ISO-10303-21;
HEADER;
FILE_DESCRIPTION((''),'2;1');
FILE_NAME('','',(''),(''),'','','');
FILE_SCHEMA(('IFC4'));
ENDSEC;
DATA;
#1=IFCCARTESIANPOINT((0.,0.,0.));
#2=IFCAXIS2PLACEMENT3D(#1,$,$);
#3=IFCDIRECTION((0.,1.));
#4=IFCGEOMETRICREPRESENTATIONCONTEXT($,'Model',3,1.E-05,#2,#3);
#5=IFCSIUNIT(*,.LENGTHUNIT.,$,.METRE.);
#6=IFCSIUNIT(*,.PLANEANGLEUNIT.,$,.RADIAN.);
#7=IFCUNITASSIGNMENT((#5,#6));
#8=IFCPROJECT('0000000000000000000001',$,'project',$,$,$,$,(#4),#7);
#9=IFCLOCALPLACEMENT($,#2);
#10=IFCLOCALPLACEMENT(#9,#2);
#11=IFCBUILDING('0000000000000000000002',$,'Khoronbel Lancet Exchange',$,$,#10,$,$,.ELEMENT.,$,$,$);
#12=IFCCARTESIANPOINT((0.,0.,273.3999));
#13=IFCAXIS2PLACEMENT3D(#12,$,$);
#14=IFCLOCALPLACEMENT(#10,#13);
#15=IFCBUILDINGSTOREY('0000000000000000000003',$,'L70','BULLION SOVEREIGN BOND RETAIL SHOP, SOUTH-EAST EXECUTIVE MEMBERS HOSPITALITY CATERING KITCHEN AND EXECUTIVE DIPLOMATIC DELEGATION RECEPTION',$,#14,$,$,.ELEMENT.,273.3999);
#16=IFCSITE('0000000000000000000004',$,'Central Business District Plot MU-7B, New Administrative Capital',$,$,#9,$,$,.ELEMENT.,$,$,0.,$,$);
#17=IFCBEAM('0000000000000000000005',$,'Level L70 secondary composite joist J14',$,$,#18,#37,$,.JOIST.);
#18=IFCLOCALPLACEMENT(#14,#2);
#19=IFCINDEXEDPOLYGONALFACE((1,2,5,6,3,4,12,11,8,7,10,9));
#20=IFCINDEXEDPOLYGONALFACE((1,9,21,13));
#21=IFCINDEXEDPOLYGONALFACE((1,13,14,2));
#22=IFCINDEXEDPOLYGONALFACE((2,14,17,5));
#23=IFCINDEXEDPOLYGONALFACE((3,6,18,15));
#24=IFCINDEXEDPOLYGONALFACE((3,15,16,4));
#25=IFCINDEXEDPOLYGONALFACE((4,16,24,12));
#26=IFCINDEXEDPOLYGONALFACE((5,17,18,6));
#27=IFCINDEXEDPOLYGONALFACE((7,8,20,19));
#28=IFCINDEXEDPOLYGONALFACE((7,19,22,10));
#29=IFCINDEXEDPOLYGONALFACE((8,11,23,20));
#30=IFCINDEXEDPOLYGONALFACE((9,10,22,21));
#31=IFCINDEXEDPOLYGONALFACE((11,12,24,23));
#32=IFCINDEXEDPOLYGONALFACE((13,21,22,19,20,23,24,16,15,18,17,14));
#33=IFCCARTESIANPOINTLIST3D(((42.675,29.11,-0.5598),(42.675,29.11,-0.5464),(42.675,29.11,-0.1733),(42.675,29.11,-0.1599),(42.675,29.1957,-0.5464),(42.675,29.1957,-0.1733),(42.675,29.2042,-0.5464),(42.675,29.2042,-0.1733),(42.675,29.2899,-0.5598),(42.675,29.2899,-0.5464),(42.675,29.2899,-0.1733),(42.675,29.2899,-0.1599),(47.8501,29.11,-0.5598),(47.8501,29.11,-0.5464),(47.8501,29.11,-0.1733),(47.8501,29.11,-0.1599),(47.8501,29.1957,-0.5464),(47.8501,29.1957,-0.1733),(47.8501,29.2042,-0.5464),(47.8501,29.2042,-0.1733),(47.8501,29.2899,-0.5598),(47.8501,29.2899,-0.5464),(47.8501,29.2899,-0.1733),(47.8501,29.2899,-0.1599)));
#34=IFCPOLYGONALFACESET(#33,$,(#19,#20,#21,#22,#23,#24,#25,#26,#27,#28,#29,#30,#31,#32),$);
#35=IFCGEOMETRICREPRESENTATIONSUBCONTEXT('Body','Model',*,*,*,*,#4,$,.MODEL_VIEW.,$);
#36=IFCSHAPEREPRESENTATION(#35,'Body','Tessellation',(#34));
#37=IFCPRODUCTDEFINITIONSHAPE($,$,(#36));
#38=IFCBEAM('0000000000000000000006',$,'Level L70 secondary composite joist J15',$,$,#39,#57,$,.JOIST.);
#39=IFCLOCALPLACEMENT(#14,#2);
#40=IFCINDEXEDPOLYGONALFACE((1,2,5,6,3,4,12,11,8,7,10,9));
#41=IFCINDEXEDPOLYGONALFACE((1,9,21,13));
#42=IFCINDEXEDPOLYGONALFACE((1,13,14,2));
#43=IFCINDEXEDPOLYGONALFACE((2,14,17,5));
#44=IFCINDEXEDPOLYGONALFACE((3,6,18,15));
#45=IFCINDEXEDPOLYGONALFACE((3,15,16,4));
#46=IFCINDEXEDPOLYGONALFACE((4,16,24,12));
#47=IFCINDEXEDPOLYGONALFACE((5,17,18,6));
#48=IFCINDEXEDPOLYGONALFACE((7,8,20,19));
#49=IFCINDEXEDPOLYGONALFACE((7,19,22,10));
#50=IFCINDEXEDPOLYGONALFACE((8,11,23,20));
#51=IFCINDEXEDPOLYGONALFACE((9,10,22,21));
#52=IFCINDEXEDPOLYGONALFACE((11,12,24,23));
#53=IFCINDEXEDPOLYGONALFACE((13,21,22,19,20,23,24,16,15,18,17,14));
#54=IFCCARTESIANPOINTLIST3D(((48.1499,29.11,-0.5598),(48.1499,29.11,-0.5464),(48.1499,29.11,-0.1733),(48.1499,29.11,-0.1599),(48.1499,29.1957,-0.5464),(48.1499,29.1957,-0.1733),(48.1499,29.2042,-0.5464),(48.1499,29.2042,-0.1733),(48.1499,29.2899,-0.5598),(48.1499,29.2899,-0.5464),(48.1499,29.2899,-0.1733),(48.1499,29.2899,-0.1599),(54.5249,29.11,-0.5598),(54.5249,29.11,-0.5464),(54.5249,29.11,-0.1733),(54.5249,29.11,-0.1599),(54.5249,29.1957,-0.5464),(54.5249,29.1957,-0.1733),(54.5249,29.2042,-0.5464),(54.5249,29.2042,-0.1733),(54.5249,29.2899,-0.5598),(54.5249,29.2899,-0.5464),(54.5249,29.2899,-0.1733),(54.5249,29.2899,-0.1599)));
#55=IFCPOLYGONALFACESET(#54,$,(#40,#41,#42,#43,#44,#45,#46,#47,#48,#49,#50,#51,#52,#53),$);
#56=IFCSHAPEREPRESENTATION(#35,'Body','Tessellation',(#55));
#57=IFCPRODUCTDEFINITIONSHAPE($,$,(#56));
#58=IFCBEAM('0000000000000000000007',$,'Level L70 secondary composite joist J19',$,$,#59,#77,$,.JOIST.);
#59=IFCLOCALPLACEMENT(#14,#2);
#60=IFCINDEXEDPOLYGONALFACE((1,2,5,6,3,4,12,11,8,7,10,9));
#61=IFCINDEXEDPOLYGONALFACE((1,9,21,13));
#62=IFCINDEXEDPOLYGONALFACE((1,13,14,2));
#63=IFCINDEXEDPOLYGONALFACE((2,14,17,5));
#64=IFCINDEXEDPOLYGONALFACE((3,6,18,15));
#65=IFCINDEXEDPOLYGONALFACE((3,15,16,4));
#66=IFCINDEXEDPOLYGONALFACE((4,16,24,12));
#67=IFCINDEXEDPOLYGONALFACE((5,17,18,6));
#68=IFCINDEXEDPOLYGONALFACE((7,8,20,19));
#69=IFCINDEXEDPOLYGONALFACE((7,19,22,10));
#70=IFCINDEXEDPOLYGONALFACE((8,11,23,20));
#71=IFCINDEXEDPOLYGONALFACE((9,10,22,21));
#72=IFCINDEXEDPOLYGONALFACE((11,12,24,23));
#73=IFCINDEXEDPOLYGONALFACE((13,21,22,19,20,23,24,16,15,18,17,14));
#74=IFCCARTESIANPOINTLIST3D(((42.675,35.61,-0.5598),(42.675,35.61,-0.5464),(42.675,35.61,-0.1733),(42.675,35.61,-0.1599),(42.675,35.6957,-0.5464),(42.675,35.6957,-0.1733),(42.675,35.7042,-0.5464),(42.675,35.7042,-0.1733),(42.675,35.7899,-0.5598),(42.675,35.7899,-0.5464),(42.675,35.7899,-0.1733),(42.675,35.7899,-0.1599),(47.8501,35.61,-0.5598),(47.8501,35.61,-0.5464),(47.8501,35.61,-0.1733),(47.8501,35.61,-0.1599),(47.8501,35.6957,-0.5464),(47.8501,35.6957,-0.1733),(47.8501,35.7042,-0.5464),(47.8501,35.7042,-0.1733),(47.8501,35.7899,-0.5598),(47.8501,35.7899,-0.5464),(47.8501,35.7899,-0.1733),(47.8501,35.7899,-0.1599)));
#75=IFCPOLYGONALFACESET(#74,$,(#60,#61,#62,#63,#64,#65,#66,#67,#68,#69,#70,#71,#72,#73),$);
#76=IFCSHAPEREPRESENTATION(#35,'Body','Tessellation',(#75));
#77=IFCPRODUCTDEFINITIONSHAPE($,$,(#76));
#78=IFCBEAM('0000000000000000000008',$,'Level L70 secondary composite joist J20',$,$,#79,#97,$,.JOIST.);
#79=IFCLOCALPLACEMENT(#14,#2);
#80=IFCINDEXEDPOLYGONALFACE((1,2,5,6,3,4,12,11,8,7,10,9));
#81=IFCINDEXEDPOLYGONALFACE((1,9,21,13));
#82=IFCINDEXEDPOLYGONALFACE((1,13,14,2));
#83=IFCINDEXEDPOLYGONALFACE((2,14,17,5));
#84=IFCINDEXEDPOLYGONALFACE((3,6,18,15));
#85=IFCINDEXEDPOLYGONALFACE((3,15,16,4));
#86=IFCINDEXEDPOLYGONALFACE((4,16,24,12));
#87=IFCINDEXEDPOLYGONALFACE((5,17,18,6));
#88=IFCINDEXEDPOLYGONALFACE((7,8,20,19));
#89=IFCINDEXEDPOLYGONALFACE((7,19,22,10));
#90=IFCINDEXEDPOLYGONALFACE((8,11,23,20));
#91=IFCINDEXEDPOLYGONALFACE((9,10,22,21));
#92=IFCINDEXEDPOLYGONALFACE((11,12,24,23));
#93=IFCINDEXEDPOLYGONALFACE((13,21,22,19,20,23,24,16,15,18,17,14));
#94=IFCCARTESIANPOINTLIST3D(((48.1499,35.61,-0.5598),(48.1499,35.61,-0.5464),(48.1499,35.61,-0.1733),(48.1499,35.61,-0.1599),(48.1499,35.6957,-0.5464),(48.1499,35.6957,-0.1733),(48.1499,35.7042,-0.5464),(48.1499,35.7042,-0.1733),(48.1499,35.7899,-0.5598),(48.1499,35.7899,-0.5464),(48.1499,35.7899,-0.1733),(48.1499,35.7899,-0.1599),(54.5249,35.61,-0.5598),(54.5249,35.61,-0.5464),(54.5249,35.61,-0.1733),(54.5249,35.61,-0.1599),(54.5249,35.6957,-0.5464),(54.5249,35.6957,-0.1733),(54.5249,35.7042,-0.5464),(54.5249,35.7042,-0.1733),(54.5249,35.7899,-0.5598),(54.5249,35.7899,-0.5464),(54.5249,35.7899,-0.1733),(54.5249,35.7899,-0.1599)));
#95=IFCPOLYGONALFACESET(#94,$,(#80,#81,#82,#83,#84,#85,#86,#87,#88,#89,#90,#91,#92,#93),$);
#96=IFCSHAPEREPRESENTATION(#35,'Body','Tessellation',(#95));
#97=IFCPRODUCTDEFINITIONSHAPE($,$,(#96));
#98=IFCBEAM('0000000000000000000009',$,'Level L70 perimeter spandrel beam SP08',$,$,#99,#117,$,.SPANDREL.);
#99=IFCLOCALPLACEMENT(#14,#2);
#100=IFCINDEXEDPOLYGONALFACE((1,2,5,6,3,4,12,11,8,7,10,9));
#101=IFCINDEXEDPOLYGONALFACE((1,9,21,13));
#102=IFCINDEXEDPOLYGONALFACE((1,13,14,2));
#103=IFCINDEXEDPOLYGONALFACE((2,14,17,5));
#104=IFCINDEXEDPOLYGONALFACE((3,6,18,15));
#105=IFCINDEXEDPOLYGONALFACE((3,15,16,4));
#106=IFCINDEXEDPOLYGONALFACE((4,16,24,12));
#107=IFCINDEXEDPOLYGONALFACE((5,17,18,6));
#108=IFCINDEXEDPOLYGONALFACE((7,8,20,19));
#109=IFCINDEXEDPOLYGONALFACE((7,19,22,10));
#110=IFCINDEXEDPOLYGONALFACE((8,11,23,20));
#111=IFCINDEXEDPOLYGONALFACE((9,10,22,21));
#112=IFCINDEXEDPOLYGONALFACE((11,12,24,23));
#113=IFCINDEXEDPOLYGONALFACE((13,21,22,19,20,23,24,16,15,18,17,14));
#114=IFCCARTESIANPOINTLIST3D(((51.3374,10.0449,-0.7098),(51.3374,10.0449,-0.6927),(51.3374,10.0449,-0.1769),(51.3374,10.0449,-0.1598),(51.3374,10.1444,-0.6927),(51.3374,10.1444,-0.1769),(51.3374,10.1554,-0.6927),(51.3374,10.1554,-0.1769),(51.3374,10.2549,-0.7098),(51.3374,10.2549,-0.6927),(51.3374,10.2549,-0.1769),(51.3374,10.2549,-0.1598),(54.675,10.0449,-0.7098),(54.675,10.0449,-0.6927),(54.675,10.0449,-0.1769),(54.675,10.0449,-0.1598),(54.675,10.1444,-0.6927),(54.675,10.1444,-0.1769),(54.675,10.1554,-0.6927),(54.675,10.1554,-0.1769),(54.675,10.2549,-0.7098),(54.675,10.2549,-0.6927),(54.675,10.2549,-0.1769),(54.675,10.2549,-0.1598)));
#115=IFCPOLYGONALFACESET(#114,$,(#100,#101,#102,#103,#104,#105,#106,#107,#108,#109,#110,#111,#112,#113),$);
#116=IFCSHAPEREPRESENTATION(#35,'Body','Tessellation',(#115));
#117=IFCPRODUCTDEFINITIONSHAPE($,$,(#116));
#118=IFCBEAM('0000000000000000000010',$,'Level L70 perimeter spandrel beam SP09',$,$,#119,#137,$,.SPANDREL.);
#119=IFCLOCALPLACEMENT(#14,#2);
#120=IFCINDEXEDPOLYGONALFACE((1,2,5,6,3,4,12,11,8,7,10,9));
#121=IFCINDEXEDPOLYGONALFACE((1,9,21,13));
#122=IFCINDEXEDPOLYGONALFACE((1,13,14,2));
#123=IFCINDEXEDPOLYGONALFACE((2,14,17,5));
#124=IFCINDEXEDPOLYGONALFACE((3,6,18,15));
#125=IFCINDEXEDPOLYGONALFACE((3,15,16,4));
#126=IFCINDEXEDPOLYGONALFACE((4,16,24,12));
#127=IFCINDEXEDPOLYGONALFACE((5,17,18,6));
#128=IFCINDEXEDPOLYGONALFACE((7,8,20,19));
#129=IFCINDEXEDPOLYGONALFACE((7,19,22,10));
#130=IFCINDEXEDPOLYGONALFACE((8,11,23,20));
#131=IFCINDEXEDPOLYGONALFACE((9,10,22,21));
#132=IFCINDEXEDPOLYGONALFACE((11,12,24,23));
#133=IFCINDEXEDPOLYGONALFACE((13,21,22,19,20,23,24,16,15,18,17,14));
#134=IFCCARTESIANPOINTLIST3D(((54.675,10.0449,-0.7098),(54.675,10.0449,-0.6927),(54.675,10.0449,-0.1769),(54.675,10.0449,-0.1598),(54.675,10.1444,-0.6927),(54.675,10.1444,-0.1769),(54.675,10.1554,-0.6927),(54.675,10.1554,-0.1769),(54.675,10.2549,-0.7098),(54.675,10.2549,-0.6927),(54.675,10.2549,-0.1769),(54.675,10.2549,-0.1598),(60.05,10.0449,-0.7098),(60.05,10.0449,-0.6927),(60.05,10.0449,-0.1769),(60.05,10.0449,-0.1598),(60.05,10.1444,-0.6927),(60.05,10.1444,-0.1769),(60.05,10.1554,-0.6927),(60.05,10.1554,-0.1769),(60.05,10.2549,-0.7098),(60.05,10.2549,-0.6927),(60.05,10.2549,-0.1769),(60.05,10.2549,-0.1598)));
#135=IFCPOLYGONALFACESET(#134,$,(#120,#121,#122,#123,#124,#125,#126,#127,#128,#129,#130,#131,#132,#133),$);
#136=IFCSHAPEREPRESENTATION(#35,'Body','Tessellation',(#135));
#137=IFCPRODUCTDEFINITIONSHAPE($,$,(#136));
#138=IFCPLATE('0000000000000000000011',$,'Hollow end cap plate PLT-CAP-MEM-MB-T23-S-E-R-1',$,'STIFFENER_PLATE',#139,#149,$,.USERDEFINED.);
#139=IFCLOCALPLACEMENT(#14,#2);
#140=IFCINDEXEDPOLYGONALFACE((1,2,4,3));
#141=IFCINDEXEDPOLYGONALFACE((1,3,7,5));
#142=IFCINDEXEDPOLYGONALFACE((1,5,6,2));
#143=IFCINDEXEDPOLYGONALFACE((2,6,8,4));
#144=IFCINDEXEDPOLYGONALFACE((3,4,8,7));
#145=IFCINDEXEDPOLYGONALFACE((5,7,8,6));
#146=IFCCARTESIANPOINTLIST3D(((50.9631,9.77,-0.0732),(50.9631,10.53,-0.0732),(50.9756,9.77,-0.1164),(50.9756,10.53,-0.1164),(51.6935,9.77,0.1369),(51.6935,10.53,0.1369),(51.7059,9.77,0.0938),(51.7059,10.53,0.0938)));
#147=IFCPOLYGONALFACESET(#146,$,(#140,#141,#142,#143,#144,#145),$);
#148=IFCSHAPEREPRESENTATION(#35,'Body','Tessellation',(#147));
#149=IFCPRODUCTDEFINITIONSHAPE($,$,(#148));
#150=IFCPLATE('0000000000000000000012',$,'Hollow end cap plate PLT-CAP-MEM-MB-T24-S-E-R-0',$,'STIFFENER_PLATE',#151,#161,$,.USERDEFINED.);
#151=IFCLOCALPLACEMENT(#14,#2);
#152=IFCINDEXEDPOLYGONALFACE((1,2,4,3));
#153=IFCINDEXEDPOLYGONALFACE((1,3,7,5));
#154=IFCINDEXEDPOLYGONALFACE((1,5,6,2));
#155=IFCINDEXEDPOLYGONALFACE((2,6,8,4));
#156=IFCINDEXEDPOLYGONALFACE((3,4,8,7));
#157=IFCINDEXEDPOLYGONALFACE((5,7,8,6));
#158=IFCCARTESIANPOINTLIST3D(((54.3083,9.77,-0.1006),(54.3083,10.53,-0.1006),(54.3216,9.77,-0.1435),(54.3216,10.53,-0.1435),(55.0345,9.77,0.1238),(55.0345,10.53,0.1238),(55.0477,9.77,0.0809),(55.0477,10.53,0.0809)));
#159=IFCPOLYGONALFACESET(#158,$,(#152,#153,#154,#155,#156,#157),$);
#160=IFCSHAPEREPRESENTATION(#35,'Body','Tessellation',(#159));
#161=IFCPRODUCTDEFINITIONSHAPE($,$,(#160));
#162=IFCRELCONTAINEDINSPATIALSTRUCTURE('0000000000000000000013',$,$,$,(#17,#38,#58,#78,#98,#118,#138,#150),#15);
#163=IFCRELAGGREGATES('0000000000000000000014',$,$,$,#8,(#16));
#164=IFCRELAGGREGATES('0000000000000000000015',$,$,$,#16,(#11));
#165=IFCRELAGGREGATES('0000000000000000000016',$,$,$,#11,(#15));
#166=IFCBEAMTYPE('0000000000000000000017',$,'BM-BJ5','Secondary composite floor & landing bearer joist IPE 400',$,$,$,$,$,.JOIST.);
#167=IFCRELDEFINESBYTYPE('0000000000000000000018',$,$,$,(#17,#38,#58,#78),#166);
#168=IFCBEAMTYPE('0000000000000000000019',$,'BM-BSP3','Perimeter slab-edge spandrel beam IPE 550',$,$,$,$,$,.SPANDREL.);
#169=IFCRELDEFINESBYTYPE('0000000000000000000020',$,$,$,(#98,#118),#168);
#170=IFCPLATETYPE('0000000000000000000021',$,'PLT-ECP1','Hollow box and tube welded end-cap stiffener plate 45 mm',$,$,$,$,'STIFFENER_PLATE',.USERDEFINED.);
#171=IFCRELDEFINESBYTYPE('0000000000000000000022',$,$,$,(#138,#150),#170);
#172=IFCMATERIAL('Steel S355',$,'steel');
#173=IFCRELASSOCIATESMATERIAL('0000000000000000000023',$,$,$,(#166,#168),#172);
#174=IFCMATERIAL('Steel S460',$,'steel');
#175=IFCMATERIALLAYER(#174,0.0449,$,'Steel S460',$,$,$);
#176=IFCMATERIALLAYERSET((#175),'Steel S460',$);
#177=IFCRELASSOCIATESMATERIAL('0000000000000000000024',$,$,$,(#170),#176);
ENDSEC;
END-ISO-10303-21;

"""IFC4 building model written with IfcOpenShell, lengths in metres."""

from ifc_helpers import new_model, si_unit, direction, frame, origin, origin_2d, place, context, subcontext, project, spatial, polyline, i_section, outline, extrude, material, layer, layer_set, material_profile, profile_set, type_object, element, save


model = new_model("IFC4")

# Units and contexts
model_context = context("Model", 3, precision=1e-05, world=origin(), true_north=direction((0.0, 1.0)))
body_context = subcontext(model_context, "Body", "Model", "MODEL_VIEW")
ifc_project = project(units=[si_unit("LENGTHUNIT", "METRE"), si_unit("PLANEANGLEUNIT", "RADIAN")], contexts=[model_context])

# Site, building, storey
site_placement = place(None, origin())
site = spatial("IfcSite", under=ifc_project, at=site_placement, Name="Central Business District Plot MU-7B, New Administrative Capital", CompositionType="ELEMENT", RefElevation=0.0)
building_placement = place(site_placement, origin())
building = spatial("IfcBuilding", under=site, at=building_placement, Name="Khoronbel Lancet Exchange", CompositionType="ELEMENT")
storey_placement = place(building_placement, frame((0.0, 0.0, 273.3999)))
storey = spatial("IfcBuildingStorey", under=building, at=storey_placement, Name="L70", Description="BULLION SOVEREIGN BOND RETAIL SHOP, SOUTH-EAST EXECUTIVE MEMBERS HOSPITALITY CATERING KITCHEN AND EXECUTIVE DIPLOMATIC DELEGATION RECEPTION", CompositionType="ELEMENT", Elevation=273.3999)

# Shared definitions
ifc_material_1 = material(Name="Steel S460", Category="steel")
ifc_material_2 = material(Name="Steel S355", Category="steel")

# Beams
ifc_material_profile_1 = material_profile(ifc_material_2, i_section(OverallWidth=0.1799, OverallDepth=0.3999, WebThickness=0.0085, FlangeThickness=0.0134, at=origin_2d()), Name="IPE 400")
ifc_profile_set_1 = profile_set([ifc_material_profile_1], Name="Steel S355")
beam_type_1 = type_object("IfcBeamType", Name="BM-BJ5", Description="Secondary composite floor & landing bearer joist IPE 400", PredefinedType="JOIST", material=ifc_profile_set_1)
beam_1_placement = place(storey_placement, frame((42.675, 29.2, -0.3599), z_axis=(1.0, 0.0, 0.0), x_axis=(0.0, 1.0, 0.0)))
element("IfcBeam", 1, at=beam_1_placement, inside=storey, type_object=beam_type_1, Name="Level L70 secondary composite joist J14", PredefinedType="JOIST", context=body_context, shape_type="SweptSolid", body=[
    extrude(i_section(OverallWidth=0.1799, OverallDepth=0.3999, WebThickness=0.0085, FlangeThickness=0.0134, at=origin_2d()), origin(), (0.0, 0.0, 1.0), 5.175),
])
beam_2_placement = place(storey_placement, frame((48.1499, 29.2, -0.3599), z_axis=(1.0, 0.0, 0.0), x_axis=(0.0, 1.0, 0.0)))
element("IfcBeam", 2, at=beam_2_placement, inside=storey, type_object=beam_type_1, Name="Level L70 secondary composite joist J15", PredefinedType="JOIST", context=body_context, shape_type="SweptSolid", body=[
    extrude(i_section(OverallWidth=0.1799, OverallDepth=0.3999, WebThickness=0.0085, FlangeThickness=0.0134, at=origin_2d()), origin(), (0.0, 0.0, 1.0), 6.375),
])
beam_3_placement = place(storey_placement, frame((42.675, 35.7, -0.3599), z_axis=(1.0, 0.0, 0.0), x_axis=(0.0, 1.0, 0.0)))
element("IfcBeam", 3, at=beam_3_placement, inside=storey, type_object=beam_type_1, Name="Level L70 secondary composite joist J19", PredefinedType="JOIST", context=body_context, shape_type="SweptSolid", body=[
    extrude(i_section(OverallWidth=0.1799, OverallDepth=0.3999, WebThickness=0.0085, FlangeThickness=0.0134, at=origin_2d()), origin(), (0.0, 0.0, 1.0), 5.175),
])
beam_4_placement = place(storey_placement, frame((48.1499, 35.7, -0.3599), z_axis=(1.0, 0.0, 0.0), x_axis=(0.0, 1.0, 0.0)))
element("IfcBeam", 4, at=beam_4_placement, inside=storey, type_object=beam_type_1, Name="Level L70 secondary composite joist J20", PredefinedType="JOIST", context=body_context, shape_type="SweptSolid", body=[
    extrude(i_section(OverallWidth=0.1799, OverallDepth=0.3999, WebThickness=0.0085, FlangeThickness=0.0134, at=origin_2d()), origin(), (0.0, 0.0, 1.0), 6.375),
])
ifc_material_profile_2 = material_profile(ifc_material_2, i_section(OverallWidth=0.21, OverallDepth=0.55, WebThickness=0.011, FlangeThickness=0.0171, at=origin_2d()), Name="IPE 550")
ifc_profile_set_2 = profile_set([ifc_material_profile_2], Name="Steel S355")
beam_type_2 = type_object("IfcBeamType", Name="BM-BSP3", Description="Perimeter slab-edge spandrel beam IPE 550", PredefinedType="SPANDREL", material=ifc_profile_set_2)
beam_5_placement = place(storey_placement, frame((51.3374, 10.1499, -0.4348), z_axis=(1.0, 0.0, 0.0), x_axis=(0.0, 1.0, 0.0)))
element("IfcBeam", 5, at=beam_5_placement, inside=storey, type_object=beam_type_2, Name="Level L70 perimeter spandrel beam SP08", PredefinedType="SPANDREL", context=body_context, shape_type="SweptSolid", body=[
    extrude(i_section(OverallWidth=0.21, OverallDepth=0.55, WebThickness=0.011, FlangeThickness=0.0171, at=origin_2d()), origin(), (0.0, 0.0, 1.0), 3.3376),
])
beam_6_placement = place(storey_placement, frame((54.675, 10.1499, -0.4348), z_axis=(1.0, 0.0, 0.0), x_axis=(0.0, 1.0, 0.0)))
element("IfcBeam", 6, at=beam_6_placement, inside=storey, type_object=beam_type_2, Name="Level L70 perimeter spandrel beam SP09", PredefinedType="SPANDREL", context=body_context, shape_type="SweptSolid", body=[
    extrude(i_section(OverallWidth=0.21, OverallDepth=0.55, WebThickness=0.011, FlangeThickness=0.0171, at=origin_2d()), origin(), (0.0, 0.0, 1.0), 5.375),
])

# Plates
ifc_layer_1 = layer(ifc_material_1, 0.0449, Name="Steel S460")
ifc_layer_set_1 = layer_set([ifc_layer_1], Name="Steel S460")
plate_type = type_object("IfcPlateType", Name="PLT-ECP1", Description="Hollow box and tube welded end-cap stiffener plate 45 mm", ElementType="STIFFENER_PLATE", PredefinedType="USERDEFINED", material=ifc_layer_set_1)
for number, where, z_axis, x_axis, name in (
    (7, (50.9631, 10.53, -0.0732), (-0.276545, 0.0, 0.961001), (0.0, -1.0, 0.0), "Hollow end cap plate PLT-CAP-MEM-MB-T23-S-E-R-1"),
    (8, (54.3083, 10.53, -0.1006), (-0.295237, 0.0, 0.955424), (0.0, -1.0, 0.0), "Hollow end cap plate PLT-CAP-MEM-MB-T24-S-E-R-0"),
):
    element("IfcPlate", number, at=place(storey_placement, frame(where, z_axis=z_axis, x_axis=x_axis)), inside=storey, type_object=plate_type, Name=name, ObjectType="STIFFENER_PLATE", PredefinedType="USERDEFINED", context=body_context, shape_type="SweptSolid", body=[
        extrude(outline(polyline([(0.0, 0.0), (0.76, 0.0), (0.76, 0.76), (0.0, 0.76), (0.0, 0.0)])), origin(), (0.0, 0.0, -1.0), 0.0449),
    ])

save(model, "model.ifc")
